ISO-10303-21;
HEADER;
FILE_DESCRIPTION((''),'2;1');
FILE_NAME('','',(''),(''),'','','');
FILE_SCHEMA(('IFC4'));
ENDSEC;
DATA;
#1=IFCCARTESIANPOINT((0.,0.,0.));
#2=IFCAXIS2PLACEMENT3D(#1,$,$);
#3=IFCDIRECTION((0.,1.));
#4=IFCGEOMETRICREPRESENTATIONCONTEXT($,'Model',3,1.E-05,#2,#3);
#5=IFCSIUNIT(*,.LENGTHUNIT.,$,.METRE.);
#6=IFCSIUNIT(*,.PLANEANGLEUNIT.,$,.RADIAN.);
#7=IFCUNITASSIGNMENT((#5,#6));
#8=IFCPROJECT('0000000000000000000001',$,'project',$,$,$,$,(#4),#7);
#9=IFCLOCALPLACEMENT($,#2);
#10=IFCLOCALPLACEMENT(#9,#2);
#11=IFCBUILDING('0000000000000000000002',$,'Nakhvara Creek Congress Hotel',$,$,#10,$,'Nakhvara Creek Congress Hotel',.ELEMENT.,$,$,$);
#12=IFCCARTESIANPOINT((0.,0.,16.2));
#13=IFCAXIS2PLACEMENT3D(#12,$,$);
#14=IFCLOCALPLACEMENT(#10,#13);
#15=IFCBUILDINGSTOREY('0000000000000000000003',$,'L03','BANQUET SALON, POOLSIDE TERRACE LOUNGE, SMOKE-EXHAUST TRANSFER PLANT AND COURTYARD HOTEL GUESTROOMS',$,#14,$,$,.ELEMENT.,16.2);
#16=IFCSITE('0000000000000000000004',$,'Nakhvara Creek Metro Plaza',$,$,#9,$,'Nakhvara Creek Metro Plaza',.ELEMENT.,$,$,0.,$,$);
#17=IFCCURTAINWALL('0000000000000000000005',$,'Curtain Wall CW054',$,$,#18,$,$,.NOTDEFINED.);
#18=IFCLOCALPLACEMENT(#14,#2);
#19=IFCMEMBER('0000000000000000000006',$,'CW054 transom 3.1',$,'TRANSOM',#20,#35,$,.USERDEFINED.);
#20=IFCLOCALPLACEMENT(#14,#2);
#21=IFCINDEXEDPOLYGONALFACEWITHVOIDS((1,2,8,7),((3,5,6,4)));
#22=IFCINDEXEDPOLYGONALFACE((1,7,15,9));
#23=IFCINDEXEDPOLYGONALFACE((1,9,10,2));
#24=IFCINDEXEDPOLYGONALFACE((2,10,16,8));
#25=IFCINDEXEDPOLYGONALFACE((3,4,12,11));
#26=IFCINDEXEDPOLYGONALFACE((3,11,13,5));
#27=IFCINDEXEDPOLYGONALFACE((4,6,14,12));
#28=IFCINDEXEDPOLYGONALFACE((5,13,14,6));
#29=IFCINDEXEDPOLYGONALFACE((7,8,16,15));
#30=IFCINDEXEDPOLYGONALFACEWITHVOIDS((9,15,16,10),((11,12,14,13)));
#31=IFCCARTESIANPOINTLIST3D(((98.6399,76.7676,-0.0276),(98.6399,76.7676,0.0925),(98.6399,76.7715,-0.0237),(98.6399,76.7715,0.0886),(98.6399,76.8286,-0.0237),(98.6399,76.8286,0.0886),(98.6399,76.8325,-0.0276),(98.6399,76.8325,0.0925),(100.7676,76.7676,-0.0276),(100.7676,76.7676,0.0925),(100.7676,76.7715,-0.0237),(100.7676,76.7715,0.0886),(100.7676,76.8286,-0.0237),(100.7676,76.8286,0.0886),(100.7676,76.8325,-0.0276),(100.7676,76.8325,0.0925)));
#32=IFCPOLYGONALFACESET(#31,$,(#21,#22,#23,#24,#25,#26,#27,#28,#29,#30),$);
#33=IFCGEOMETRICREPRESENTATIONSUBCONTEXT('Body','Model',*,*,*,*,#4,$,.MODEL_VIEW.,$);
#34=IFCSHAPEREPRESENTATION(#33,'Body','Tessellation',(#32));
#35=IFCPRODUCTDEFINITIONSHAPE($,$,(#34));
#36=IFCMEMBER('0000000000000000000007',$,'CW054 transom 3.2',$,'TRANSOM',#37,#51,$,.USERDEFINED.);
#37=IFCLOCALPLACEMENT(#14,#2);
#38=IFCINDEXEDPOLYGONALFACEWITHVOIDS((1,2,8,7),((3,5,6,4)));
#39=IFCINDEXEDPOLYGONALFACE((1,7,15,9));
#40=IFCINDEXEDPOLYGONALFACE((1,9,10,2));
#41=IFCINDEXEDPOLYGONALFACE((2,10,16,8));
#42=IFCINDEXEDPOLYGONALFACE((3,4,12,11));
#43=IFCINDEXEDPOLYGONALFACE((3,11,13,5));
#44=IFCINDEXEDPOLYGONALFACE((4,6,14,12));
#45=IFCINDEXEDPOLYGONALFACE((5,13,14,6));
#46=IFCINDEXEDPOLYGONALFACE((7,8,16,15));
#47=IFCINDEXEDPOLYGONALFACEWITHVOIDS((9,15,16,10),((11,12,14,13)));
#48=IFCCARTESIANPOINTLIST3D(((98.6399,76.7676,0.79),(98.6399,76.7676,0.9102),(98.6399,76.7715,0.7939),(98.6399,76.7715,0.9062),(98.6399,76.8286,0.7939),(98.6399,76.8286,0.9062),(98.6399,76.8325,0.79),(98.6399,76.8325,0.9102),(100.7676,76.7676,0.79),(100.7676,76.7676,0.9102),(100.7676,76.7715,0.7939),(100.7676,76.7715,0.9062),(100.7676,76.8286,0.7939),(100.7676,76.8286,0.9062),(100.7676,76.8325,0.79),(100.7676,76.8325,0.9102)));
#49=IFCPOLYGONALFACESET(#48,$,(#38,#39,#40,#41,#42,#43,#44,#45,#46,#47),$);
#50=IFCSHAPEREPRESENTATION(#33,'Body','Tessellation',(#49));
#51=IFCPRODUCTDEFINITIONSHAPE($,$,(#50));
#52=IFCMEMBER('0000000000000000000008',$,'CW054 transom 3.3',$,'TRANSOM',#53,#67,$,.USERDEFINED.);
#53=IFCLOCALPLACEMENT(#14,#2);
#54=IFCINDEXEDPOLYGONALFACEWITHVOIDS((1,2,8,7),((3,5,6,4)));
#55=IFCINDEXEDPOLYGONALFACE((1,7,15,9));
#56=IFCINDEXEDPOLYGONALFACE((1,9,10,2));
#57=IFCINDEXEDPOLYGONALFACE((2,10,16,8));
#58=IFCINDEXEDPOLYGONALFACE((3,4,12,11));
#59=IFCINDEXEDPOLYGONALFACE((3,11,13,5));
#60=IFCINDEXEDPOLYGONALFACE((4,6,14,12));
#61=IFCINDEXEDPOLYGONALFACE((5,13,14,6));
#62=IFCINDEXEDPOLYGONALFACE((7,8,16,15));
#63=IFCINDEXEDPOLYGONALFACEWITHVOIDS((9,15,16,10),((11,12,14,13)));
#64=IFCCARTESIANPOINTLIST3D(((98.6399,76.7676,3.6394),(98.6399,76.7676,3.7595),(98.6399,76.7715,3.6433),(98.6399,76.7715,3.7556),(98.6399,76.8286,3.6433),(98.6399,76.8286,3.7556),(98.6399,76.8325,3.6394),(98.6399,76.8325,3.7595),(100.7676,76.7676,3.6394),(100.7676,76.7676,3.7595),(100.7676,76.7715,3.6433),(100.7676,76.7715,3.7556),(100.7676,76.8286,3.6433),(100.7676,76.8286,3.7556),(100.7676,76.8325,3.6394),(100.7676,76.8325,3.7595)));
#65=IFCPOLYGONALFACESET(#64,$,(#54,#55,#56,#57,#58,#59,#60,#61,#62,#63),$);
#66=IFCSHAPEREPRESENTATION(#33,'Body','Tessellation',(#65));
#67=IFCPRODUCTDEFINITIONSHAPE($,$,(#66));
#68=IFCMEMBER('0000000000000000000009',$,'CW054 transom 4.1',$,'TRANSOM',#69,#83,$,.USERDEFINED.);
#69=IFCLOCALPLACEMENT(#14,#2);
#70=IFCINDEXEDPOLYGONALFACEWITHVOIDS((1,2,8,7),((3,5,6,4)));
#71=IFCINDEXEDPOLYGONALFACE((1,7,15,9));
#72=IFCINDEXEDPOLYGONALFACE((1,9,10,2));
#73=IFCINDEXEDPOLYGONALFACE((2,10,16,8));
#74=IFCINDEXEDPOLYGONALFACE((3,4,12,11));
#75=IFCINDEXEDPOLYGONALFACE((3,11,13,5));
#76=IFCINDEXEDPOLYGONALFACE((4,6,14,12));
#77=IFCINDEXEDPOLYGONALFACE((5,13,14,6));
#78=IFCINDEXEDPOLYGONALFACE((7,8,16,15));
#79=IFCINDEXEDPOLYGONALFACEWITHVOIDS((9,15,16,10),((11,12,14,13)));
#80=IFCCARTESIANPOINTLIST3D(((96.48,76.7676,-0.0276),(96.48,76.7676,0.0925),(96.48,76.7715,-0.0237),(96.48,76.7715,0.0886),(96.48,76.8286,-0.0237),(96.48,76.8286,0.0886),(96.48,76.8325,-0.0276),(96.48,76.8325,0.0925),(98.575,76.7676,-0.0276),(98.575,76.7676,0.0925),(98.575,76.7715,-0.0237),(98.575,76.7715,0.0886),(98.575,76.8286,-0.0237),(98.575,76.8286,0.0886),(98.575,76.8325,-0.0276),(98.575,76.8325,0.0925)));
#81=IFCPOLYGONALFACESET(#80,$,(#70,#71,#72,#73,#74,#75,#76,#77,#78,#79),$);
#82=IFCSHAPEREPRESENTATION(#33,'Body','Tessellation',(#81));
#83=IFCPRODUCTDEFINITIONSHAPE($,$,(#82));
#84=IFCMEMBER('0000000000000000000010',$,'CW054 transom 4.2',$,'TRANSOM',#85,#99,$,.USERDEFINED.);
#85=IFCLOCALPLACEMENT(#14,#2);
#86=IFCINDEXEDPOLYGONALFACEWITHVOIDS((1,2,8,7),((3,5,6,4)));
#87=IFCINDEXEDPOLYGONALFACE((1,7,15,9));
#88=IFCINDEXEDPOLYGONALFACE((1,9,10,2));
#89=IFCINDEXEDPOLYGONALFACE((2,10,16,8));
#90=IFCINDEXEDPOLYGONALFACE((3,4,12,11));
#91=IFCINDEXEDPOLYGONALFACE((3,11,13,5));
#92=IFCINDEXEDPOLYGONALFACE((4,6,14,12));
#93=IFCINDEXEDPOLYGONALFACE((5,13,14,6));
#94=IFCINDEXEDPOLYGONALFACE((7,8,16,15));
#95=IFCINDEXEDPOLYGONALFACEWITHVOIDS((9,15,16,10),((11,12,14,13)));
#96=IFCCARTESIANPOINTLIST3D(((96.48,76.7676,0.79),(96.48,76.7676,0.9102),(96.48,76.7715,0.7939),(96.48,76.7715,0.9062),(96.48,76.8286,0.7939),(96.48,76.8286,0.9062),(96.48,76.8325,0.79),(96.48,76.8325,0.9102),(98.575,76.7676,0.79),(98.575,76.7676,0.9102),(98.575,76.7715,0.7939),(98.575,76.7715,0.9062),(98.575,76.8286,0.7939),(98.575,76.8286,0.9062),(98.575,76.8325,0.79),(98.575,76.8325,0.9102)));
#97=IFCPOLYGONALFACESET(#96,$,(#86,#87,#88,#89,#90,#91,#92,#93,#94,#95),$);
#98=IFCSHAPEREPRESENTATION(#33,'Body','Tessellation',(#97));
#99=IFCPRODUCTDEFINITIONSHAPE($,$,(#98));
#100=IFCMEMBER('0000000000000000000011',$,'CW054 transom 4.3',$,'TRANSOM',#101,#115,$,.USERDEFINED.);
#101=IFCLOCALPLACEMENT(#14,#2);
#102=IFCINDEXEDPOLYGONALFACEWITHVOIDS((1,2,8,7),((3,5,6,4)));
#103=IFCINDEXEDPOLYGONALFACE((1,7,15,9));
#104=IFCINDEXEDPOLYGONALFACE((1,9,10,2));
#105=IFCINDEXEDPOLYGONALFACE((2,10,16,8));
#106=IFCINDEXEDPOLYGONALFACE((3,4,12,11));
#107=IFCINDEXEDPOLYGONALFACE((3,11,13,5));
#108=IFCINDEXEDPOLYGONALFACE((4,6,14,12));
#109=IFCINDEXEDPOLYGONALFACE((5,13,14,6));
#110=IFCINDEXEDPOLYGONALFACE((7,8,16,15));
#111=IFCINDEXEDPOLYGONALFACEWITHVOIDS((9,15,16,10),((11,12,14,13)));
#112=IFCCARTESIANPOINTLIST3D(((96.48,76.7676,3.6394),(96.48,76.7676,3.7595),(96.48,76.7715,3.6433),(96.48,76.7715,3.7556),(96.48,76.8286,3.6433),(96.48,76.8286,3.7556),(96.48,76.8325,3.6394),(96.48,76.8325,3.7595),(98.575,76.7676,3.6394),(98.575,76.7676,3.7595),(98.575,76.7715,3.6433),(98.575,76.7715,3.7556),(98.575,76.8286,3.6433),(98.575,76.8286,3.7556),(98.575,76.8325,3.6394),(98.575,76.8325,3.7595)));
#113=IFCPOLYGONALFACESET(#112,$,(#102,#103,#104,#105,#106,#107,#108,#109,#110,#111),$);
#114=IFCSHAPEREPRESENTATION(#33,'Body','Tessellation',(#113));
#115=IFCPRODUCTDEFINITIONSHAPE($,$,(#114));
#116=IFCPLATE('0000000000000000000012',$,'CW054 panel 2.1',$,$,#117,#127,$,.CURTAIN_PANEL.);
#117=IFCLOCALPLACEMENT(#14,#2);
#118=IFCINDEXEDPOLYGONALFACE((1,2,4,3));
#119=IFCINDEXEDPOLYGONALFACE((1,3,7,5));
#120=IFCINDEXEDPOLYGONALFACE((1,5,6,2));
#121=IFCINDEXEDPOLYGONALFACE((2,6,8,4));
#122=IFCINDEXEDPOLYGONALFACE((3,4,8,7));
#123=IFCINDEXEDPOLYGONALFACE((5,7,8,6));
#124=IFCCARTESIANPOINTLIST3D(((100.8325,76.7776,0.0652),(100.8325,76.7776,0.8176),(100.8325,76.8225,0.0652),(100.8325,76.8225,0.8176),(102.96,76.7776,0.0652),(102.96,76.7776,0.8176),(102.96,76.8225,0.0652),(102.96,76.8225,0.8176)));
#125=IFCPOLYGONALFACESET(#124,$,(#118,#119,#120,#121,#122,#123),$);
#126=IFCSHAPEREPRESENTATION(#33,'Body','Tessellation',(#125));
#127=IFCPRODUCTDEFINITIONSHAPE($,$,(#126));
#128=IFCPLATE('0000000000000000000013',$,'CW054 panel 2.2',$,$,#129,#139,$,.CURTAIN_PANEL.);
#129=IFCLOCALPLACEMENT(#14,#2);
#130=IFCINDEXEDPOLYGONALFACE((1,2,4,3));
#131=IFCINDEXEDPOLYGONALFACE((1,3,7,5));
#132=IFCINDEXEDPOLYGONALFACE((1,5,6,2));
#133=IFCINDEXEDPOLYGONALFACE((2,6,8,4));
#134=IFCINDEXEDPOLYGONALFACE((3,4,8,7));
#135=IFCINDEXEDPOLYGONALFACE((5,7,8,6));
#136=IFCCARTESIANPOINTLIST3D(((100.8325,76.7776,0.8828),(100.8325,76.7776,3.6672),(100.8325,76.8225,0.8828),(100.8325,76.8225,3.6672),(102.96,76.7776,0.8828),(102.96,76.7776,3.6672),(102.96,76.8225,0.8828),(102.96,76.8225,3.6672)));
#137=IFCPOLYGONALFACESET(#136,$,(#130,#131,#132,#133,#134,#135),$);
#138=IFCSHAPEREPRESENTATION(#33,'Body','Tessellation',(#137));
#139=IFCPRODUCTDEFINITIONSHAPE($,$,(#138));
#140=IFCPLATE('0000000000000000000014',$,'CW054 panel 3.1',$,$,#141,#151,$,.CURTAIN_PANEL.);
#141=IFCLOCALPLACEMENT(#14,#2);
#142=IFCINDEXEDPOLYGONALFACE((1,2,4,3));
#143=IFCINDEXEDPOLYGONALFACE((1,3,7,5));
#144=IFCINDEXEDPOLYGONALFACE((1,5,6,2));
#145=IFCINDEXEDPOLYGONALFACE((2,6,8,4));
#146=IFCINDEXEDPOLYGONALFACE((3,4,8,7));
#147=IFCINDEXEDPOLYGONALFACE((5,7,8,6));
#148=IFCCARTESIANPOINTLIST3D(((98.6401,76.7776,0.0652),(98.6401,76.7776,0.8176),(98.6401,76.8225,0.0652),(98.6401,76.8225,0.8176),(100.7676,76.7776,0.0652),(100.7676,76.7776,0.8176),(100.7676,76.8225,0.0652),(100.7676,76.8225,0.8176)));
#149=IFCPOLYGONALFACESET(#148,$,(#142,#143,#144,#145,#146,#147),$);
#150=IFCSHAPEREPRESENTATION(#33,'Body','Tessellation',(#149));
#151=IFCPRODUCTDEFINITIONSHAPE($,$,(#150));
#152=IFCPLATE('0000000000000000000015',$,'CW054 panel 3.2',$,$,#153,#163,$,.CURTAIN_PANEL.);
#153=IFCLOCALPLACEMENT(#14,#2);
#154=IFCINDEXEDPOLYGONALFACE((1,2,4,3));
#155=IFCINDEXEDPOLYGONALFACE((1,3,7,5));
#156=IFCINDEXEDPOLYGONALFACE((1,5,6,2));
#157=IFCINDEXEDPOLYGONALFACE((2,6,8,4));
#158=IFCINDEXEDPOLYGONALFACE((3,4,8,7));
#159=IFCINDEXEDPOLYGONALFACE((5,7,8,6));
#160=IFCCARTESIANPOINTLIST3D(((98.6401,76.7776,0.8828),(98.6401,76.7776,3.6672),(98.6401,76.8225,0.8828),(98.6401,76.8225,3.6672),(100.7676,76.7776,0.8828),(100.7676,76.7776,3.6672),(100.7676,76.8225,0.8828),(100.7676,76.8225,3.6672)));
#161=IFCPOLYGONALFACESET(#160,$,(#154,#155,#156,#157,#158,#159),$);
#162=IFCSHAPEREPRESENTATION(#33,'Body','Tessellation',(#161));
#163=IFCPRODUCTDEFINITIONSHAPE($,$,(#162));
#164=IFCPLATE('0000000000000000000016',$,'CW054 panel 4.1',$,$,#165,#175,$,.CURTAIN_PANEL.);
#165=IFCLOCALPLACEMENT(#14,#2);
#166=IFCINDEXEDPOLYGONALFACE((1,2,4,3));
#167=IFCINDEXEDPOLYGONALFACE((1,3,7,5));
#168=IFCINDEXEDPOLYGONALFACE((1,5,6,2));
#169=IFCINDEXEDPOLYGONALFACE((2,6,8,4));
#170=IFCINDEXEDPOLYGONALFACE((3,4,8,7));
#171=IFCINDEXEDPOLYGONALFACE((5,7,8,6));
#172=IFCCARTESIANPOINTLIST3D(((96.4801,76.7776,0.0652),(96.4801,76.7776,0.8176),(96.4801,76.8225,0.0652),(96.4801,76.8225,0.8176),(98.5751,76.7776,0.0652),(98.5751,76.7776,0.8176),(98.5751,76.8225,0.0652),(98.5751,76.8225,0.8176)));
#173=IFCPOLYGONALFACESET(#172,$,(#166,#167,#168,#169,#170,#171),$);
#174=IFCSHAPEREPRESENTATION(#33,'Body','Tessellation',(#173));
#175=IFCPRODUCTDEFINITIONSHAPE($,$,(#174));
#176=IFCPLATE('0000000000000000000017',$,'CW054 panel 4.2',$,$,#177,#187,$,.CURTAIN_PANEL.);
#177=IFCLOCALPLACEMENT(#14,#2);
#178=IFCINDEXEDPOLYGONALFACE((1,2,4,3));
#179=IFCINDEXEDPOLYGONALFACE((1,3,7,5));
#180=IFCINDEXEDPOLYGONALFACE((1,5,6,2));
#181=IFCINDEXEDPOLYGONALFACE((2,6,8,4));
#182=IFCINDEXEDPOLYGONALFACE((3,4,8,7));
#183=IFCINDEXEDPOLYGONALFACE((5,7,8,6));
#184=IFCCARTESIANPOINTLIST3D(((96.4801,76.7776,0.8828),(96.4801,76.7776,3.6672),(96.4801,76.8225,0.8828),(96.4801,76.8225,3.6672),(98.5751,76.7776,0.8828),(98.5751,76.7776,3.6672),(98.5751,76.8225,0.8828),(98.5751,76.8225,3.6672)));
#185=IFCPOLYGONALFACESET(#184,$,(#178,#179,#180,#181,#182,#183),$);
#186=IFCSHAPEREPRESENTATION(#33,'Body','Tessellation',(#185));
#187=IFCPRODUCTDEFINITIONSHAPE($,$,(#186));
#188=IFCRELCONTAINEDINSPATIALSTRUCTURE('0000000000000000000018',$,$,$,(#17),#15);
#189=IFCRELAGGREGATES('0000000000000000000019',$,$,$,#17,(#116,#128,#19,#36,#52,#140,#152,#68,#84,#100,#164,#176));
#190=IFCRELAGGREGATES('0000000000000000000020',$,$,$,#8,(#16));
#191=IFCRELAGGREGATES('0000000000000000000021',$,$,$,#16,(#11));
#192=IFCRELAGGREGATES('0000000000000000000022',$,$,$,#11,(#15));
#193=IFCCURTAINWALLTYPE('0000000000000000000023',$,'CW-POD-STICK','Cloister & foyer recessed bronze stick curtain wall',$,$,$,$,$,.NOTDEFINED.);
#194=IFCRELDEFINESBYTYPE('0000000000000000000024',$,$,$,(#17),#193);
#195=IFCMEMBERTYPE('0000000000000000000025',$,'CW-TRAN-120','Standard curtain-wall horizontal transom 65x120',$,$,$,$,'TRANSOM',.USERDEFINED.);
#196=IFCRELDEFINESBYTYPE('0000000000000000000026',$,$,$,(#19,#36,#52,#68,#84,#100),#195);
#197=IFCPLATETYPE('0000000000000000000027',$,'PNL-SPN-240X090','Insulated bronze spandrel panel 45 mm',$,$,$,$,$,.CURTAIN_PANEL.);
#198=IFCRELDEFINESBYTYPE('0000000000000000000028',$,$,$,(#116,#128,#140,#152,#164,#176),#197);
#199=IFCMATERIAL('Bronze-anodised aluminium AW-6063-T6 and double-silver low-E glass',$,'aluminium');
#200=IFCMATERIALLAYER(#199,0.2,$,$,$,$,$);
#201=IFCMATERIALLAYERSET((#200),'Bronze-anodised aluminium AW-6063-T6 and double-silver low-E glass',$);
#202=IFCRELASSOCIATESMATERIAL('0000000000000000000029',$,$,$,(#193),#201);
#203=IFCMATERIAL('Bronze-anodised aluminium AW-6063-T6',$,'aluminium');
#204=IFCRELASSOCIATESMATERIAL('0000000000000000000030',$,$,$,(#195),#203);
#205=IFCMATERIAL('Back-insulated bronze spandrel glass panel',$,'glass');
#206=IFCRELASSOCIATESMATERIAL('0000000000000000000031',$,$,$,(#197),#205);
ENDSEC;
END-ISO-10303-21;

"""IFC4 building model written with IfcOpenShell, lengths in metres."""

from ifc_helpers import new_model, si_unit, direction, frame, origin, origin_2d, place, context, subcontext, project, spatial, rectangle, hollow_rectangle, extrude, material, layer, layer_set, material_profile, profile_set, type_object, element, aggregate, save


model = new_model("IFC4")

# Units and contexts
model_context = context("Model", 3, precision=1e-05, world=origin(), true_north=direction((0.0, 1.0)))
body_context = subcontext(model_context, "Body", "Model", "MODEL_VIEW")
ifc_project = project(units=[si_unit("LENGTHUNIT", "METRE"), si_unit("PLANEANGLEUNIT", "RADIAN")], contexts=[model_context])

# Site, building, storey
site_placement = place(None, origin())
site = spatial("IfcSite", under=ifc_project, at=site_placement, Name="Nakhvara Creek Metro Plaza", LongName="Nakhvara Creek Metro Plaza", CompositionType="ELEMENT", RefElevation=0.0)
building_placement = place(site_placement, origin())
building = spatial("IfcBuilding", under=site, at=building_placement, Name="Nakhvara Creek Congress Hotel", LongName="Nakhvara Creek Congress Hotel", CompositionType="ELEMENT")
storey_placement = place(building_placement, frame((0.0, 0.0, 16.2)))
storey = spatial("IfcBuildingStorey", under=building, at=storey_placement, Name="L03", Description="BANQUET SALON, POOLSIDE TERRACE LOUNGE, SMOKE-EXHAUST TRANSFER PLANT AND COURTYARD HOTEL GUESTROOMS", CompositionType="ELEMENT", Elevation=16.2)

# Shared definitions
ifc_material_1 = material(Name="Bronze-anodised aluminium AW-6063-T6 and double-silver low-E glass", Category="aluminium")
ifc_layer = layer(ifc_material_1, 0.2)
ifc_layer_set = layer_set([ifc_layer], Name="Bronze-anodised aluminium AW-6063-T6 and double-silver low-E glass")
curtain_wall_type = type_object("IfcCurtainWallType", Name="CW-POD-STICK", Description="Cloister & foyer recessed bronze stick curtain wall", PredefinedType="NOTDEFINED", material=ifc_layer_set)
ifc_material_2 = material(Name="Bronze-anodised aluminium AW-6063-T6", Category="aluminium")

# Curtain wall, members, plates
curtain_wall_1_placement = place(storey_placement, origin())
curtain_wall_1 = element("IfcCurtainWall", 1, at=curtain_wall_1_placement, inside=storey, type_object=curtain_wall_type, Name="Curtain Wall CW054", PredefinedType="NOTDEFINED")
ifc_material_profile_1 = material_profile(ifc_material_2, hollow_rectangle(XDim=0.0649, YDim=0.1201, WallThickness=0.0039, at=origin_2d()), Name="ALU-TRAN 65x120x4", Category="LoadBearing")
ifc_profile_set_1 = profile_set([ifc_material_profile_1], Name="Bronze-anodised aluminium AW-6063-T6")
member_type_1 = type_object("IfcMemberType", Name="CW-TRAN-120", Description="Standard curtain-wall horizontal transom 65x120", ElementType="TRANSOM", PredefinedType="USERDEFINED", material=ifc_profile_set_1)
member_1_placement = place(storey_placement, frame((100.7676, 76.8, 0.0325), z_axis=(-1.0, 0.0, 0.0), x_axis=(0.0, -1.0, 0.0)))
member_1 = element("IfcMember", 2, at=member_1_placement, type_object=member_type_1, Name="CW054 transom 3.1", ObjectType="TRANSOM", PredefinedType="USERDEFINED", context=body_context, shape_type="SweptSolid", body=[
    extrude(hollow_rectangle(XDim=0.0649, YDim=0.1201, WallThickness=0.0039, at=origin_2d()), origin(), (0.0, 0.0, 1.0), 2.1277),
])
member_2_placement = place(storey_placement, frame((100.7676, 76.8, 0.8501), z_axis=(-1.0, 0.0, 0.0), x_axis=(0.0, -1.0, 0.0)))
member_2 = element("IfcMember", 3, at=member_2_placement, type_object=member_type_1, Name="CW054 transom 3.2", ObjectType="TRANSOM", PredefinedType="USERDEFINED", context=body_context, shape_type="SweptSolid", body=[
    extrude(hollow_rectangle(XDim=0.0649, YDim=0.1201, WallThickness=0.0039, at=origin_2d()), origin(), (0.0, 0.0, 1.0), 2.1277),
])
member_3_placement = place(storey_placement, frame((100.7676, 76.8, 3.6995), z_axis=(-1.0, 0.0, 0.0), x_axis=(0.0, -1.0, 0.0)))
member_3 = element("IfcMember", 4, at=member_3_placement, type_object=member_type_1, Name="CW054 transom 3.3", ObjectType="TRANSOM", PredefinedType="USERDEFINED", context=body_context, shape_type="SweptSolid", body=[
    extrude(hollow_rectangle(XDim=0.0649, YDim=0.1201, WallThickness=0.0039, at=origin_2d()), origin(), (0.0, 0.0, 1.0), 2.1277),
])
member_4_placement = place(storey_placement, frame((98.575, 76.8, 0.0325), z_axis=(-1.0, 0.0, 0.0), x_axis=(0.0, -1.0, 0.0)))
member_4 = element("IfcMember", 5, at=member_4_placement, type_object=member_type_1, Name="CW054 transom 4.1", ObjectType="TRANSOM", PredefinedType="USERDEFINED", context=body_context, shape_type="SweptSolid", body=[
    extrude(hollow_rectangle(XDim=0.0649, YDim=0.1201, WallThickness=0.0039, at=origin_2d()), origin(), (0.0, 0.0, 1.0), 2.095),
])
member_5_placement = place(storey_placement, frame((98.575, 76.8, 0.8501), z_axis=(-1.0, 0.0, 0.0), x_axis=(0.0, -1.0, 0.0)))
member_5 = element("IfcMember", 6, at=member_5_placement, type_object=member_type_1, Name="CW054 transom 4.2", ObjectType="TRANSOM", PredefinedType="USERDEFINED", context=body_context, shape_type="SweptSolid", body=[
    extrude(hollow_rectangle(XDim=0.0649, YDim=0.1201, WallThickness=0.0039, at=origin_2d()), origin(), (0.0, 0.0, 1.0), 2.095),
])
member_6_placement = place(storey_placement, frame((98.575, 76.8, 3.6995), z_axis=(-1.0, 0.0, 0.0), x_axis=(0.0, -1.0, 0.0)))
member_6 = element("IfcMember", 7, at=member_6_placement, type_object=member_type_1, Name="CW054 transom 4.3", ObjectType="TRANSOM", PredefinedType="USERDEFINED", context=body_context, shape_type="SweptSolid", body=[
    extrude(hollow_rectangle(XDim=0.0649, YDim=0.1201, WallThickness=0.0039, at=origin_2d()), origin(), (0.0, 0.0, 1.0), 2.095),
])
ifc_material_3 = material(Name="Back-insulated bronze spandrel glass panel", Category="glass")
plate_type = type_object("IfcPlateType", Name="PNL-SPN-240X090", Description="Insulated bronze spandrel panel 45 mm", PredefinedType="CURTAIN_PANEL", material=ifc_material_3)
plate_1_placement = place(storey_placement, frame((101.8962, 76.8, 0.0652), z_axis=(0.0, 0.0, 1.0), x_axis=(-1.0, 0.0, 0.0)))
plate_1 = element("IfcPlate", 8, at=plate_1_placement, type_object=plate_type, Name="CW054 panel 2.1", PredefinedType="CURTAIN_PANEL", context=body_context, shape_type="SweptSolid", body=[
    extrude(rectangle(XDim=2.1274, YDim=0.0449, at=origin_2d()), origin(), (0.0, 0.0, 1.0), 0.7524),
])
plate_2_placement = place(storey_placement, frame((101.8962, 76.8, 0.8828), z_axis=(0.0, 0.0, 1.0), x_axis=(-1.0, 0.0, 0.0)))
plate_2 = element("IfcPlate", 9, at=plate_2_placement, type_object=plate_type, Name="CW054 panel 2.2", PredefinedType="CURTAIN_PANEL", context=body_context, shape_type="SweptSolid", body=[
    extrude(rectangle(XDim=2.1274, YDim=0.0449, at=origin_2d()), origin(), (0.0, 0.0, 1.0), 2.7844),
])
plate_3_placement = place(storey_placement, frame((99.7039, 76.8, 0.0652), z_axis=(0.0, 0.0, 1.0), x_axis=(-1.0, 0.0, 0.0)))
plate_3 = element("IfcPlate", 10, at=plate_3_placement, type_object=plate_type, Name="CW054 panel 3.1", PredefinedType="CURTAIN_PANEL", context=body_context, shape_type="SweptSolid", body=[
    extrude(rectangle(XDim=2.1274, YDim=0.0449, at=origin_2d()), origin(), (0.0, 0.0, 1.0), 0.7524),
])
plate_4_placement = place(storey_placement, frame((99.7039, 76.8, 0.8828), z_axis=(0.0, 0.0, 1.0), x_axis=(-1.0, 0.0, 0.0)))
plate_4 = element("IfcPlate", 11, at=plate_4_placement, type_object=plate_type, Name="CW054 panel 3.2", PredefinedType="CURTAIN_PANEL", context=body_context, shape_type="SweptSolid", body=[
    extrude(rectangle(XDim=2.1274, YDim=0.0449, at=origin_2d()), origin(), (0.0, 0.0, 1.0), 2.7844),
])
plate_5_placement = place(storey_placement, frame((97.5276, 76.8, 0.0652), z_axis=(0.0, 0.0, 1.0), x_axis=(-1.0, 0.0, 0.0)))
plate_5 = element("IfcPlate", 12, at=plate_5_placement, type_object=plate_type, Name="CW054 panel 4.1", PredefinedType="CURTAIN_PANEL", context=body_context, shape_type="SweptSolid", body=[
    extrude(rectangle(XDim=2.095, YDim=0.0449, at=origin_2d()), origin(), (0.0, 0.0, 1.0), 0.7524),
])
plate_6_placement = place(storey_placement, frame((97.5276, 76.8, 0.8828), z_axis=(0.0, 0.0, 1.0), x_axis=(-1.0, 0.0, 0.0)))
plate_6 = element("IfcPlate", 13, at=plate_6_placement, type_object=plate_type, Name="CW054 panel 4.2", PredefinedType="CURTAIN_PANEL", context=body_context, shape_type="SweptSolid", body=[
    extrude(rectangle(XDim=2.095, YDim=0.0449, at=origin_2d()), origin(), (0.0, 0.0, 1.0), 2.7844),
])
aggregate(curtain_wall_1, [plate_1, plate_2, member_1, member_2, member_3, plate_3, plate_4, member_4, member_5, member_6, plate_5, plate_6])

save(model, "model.ifc")
